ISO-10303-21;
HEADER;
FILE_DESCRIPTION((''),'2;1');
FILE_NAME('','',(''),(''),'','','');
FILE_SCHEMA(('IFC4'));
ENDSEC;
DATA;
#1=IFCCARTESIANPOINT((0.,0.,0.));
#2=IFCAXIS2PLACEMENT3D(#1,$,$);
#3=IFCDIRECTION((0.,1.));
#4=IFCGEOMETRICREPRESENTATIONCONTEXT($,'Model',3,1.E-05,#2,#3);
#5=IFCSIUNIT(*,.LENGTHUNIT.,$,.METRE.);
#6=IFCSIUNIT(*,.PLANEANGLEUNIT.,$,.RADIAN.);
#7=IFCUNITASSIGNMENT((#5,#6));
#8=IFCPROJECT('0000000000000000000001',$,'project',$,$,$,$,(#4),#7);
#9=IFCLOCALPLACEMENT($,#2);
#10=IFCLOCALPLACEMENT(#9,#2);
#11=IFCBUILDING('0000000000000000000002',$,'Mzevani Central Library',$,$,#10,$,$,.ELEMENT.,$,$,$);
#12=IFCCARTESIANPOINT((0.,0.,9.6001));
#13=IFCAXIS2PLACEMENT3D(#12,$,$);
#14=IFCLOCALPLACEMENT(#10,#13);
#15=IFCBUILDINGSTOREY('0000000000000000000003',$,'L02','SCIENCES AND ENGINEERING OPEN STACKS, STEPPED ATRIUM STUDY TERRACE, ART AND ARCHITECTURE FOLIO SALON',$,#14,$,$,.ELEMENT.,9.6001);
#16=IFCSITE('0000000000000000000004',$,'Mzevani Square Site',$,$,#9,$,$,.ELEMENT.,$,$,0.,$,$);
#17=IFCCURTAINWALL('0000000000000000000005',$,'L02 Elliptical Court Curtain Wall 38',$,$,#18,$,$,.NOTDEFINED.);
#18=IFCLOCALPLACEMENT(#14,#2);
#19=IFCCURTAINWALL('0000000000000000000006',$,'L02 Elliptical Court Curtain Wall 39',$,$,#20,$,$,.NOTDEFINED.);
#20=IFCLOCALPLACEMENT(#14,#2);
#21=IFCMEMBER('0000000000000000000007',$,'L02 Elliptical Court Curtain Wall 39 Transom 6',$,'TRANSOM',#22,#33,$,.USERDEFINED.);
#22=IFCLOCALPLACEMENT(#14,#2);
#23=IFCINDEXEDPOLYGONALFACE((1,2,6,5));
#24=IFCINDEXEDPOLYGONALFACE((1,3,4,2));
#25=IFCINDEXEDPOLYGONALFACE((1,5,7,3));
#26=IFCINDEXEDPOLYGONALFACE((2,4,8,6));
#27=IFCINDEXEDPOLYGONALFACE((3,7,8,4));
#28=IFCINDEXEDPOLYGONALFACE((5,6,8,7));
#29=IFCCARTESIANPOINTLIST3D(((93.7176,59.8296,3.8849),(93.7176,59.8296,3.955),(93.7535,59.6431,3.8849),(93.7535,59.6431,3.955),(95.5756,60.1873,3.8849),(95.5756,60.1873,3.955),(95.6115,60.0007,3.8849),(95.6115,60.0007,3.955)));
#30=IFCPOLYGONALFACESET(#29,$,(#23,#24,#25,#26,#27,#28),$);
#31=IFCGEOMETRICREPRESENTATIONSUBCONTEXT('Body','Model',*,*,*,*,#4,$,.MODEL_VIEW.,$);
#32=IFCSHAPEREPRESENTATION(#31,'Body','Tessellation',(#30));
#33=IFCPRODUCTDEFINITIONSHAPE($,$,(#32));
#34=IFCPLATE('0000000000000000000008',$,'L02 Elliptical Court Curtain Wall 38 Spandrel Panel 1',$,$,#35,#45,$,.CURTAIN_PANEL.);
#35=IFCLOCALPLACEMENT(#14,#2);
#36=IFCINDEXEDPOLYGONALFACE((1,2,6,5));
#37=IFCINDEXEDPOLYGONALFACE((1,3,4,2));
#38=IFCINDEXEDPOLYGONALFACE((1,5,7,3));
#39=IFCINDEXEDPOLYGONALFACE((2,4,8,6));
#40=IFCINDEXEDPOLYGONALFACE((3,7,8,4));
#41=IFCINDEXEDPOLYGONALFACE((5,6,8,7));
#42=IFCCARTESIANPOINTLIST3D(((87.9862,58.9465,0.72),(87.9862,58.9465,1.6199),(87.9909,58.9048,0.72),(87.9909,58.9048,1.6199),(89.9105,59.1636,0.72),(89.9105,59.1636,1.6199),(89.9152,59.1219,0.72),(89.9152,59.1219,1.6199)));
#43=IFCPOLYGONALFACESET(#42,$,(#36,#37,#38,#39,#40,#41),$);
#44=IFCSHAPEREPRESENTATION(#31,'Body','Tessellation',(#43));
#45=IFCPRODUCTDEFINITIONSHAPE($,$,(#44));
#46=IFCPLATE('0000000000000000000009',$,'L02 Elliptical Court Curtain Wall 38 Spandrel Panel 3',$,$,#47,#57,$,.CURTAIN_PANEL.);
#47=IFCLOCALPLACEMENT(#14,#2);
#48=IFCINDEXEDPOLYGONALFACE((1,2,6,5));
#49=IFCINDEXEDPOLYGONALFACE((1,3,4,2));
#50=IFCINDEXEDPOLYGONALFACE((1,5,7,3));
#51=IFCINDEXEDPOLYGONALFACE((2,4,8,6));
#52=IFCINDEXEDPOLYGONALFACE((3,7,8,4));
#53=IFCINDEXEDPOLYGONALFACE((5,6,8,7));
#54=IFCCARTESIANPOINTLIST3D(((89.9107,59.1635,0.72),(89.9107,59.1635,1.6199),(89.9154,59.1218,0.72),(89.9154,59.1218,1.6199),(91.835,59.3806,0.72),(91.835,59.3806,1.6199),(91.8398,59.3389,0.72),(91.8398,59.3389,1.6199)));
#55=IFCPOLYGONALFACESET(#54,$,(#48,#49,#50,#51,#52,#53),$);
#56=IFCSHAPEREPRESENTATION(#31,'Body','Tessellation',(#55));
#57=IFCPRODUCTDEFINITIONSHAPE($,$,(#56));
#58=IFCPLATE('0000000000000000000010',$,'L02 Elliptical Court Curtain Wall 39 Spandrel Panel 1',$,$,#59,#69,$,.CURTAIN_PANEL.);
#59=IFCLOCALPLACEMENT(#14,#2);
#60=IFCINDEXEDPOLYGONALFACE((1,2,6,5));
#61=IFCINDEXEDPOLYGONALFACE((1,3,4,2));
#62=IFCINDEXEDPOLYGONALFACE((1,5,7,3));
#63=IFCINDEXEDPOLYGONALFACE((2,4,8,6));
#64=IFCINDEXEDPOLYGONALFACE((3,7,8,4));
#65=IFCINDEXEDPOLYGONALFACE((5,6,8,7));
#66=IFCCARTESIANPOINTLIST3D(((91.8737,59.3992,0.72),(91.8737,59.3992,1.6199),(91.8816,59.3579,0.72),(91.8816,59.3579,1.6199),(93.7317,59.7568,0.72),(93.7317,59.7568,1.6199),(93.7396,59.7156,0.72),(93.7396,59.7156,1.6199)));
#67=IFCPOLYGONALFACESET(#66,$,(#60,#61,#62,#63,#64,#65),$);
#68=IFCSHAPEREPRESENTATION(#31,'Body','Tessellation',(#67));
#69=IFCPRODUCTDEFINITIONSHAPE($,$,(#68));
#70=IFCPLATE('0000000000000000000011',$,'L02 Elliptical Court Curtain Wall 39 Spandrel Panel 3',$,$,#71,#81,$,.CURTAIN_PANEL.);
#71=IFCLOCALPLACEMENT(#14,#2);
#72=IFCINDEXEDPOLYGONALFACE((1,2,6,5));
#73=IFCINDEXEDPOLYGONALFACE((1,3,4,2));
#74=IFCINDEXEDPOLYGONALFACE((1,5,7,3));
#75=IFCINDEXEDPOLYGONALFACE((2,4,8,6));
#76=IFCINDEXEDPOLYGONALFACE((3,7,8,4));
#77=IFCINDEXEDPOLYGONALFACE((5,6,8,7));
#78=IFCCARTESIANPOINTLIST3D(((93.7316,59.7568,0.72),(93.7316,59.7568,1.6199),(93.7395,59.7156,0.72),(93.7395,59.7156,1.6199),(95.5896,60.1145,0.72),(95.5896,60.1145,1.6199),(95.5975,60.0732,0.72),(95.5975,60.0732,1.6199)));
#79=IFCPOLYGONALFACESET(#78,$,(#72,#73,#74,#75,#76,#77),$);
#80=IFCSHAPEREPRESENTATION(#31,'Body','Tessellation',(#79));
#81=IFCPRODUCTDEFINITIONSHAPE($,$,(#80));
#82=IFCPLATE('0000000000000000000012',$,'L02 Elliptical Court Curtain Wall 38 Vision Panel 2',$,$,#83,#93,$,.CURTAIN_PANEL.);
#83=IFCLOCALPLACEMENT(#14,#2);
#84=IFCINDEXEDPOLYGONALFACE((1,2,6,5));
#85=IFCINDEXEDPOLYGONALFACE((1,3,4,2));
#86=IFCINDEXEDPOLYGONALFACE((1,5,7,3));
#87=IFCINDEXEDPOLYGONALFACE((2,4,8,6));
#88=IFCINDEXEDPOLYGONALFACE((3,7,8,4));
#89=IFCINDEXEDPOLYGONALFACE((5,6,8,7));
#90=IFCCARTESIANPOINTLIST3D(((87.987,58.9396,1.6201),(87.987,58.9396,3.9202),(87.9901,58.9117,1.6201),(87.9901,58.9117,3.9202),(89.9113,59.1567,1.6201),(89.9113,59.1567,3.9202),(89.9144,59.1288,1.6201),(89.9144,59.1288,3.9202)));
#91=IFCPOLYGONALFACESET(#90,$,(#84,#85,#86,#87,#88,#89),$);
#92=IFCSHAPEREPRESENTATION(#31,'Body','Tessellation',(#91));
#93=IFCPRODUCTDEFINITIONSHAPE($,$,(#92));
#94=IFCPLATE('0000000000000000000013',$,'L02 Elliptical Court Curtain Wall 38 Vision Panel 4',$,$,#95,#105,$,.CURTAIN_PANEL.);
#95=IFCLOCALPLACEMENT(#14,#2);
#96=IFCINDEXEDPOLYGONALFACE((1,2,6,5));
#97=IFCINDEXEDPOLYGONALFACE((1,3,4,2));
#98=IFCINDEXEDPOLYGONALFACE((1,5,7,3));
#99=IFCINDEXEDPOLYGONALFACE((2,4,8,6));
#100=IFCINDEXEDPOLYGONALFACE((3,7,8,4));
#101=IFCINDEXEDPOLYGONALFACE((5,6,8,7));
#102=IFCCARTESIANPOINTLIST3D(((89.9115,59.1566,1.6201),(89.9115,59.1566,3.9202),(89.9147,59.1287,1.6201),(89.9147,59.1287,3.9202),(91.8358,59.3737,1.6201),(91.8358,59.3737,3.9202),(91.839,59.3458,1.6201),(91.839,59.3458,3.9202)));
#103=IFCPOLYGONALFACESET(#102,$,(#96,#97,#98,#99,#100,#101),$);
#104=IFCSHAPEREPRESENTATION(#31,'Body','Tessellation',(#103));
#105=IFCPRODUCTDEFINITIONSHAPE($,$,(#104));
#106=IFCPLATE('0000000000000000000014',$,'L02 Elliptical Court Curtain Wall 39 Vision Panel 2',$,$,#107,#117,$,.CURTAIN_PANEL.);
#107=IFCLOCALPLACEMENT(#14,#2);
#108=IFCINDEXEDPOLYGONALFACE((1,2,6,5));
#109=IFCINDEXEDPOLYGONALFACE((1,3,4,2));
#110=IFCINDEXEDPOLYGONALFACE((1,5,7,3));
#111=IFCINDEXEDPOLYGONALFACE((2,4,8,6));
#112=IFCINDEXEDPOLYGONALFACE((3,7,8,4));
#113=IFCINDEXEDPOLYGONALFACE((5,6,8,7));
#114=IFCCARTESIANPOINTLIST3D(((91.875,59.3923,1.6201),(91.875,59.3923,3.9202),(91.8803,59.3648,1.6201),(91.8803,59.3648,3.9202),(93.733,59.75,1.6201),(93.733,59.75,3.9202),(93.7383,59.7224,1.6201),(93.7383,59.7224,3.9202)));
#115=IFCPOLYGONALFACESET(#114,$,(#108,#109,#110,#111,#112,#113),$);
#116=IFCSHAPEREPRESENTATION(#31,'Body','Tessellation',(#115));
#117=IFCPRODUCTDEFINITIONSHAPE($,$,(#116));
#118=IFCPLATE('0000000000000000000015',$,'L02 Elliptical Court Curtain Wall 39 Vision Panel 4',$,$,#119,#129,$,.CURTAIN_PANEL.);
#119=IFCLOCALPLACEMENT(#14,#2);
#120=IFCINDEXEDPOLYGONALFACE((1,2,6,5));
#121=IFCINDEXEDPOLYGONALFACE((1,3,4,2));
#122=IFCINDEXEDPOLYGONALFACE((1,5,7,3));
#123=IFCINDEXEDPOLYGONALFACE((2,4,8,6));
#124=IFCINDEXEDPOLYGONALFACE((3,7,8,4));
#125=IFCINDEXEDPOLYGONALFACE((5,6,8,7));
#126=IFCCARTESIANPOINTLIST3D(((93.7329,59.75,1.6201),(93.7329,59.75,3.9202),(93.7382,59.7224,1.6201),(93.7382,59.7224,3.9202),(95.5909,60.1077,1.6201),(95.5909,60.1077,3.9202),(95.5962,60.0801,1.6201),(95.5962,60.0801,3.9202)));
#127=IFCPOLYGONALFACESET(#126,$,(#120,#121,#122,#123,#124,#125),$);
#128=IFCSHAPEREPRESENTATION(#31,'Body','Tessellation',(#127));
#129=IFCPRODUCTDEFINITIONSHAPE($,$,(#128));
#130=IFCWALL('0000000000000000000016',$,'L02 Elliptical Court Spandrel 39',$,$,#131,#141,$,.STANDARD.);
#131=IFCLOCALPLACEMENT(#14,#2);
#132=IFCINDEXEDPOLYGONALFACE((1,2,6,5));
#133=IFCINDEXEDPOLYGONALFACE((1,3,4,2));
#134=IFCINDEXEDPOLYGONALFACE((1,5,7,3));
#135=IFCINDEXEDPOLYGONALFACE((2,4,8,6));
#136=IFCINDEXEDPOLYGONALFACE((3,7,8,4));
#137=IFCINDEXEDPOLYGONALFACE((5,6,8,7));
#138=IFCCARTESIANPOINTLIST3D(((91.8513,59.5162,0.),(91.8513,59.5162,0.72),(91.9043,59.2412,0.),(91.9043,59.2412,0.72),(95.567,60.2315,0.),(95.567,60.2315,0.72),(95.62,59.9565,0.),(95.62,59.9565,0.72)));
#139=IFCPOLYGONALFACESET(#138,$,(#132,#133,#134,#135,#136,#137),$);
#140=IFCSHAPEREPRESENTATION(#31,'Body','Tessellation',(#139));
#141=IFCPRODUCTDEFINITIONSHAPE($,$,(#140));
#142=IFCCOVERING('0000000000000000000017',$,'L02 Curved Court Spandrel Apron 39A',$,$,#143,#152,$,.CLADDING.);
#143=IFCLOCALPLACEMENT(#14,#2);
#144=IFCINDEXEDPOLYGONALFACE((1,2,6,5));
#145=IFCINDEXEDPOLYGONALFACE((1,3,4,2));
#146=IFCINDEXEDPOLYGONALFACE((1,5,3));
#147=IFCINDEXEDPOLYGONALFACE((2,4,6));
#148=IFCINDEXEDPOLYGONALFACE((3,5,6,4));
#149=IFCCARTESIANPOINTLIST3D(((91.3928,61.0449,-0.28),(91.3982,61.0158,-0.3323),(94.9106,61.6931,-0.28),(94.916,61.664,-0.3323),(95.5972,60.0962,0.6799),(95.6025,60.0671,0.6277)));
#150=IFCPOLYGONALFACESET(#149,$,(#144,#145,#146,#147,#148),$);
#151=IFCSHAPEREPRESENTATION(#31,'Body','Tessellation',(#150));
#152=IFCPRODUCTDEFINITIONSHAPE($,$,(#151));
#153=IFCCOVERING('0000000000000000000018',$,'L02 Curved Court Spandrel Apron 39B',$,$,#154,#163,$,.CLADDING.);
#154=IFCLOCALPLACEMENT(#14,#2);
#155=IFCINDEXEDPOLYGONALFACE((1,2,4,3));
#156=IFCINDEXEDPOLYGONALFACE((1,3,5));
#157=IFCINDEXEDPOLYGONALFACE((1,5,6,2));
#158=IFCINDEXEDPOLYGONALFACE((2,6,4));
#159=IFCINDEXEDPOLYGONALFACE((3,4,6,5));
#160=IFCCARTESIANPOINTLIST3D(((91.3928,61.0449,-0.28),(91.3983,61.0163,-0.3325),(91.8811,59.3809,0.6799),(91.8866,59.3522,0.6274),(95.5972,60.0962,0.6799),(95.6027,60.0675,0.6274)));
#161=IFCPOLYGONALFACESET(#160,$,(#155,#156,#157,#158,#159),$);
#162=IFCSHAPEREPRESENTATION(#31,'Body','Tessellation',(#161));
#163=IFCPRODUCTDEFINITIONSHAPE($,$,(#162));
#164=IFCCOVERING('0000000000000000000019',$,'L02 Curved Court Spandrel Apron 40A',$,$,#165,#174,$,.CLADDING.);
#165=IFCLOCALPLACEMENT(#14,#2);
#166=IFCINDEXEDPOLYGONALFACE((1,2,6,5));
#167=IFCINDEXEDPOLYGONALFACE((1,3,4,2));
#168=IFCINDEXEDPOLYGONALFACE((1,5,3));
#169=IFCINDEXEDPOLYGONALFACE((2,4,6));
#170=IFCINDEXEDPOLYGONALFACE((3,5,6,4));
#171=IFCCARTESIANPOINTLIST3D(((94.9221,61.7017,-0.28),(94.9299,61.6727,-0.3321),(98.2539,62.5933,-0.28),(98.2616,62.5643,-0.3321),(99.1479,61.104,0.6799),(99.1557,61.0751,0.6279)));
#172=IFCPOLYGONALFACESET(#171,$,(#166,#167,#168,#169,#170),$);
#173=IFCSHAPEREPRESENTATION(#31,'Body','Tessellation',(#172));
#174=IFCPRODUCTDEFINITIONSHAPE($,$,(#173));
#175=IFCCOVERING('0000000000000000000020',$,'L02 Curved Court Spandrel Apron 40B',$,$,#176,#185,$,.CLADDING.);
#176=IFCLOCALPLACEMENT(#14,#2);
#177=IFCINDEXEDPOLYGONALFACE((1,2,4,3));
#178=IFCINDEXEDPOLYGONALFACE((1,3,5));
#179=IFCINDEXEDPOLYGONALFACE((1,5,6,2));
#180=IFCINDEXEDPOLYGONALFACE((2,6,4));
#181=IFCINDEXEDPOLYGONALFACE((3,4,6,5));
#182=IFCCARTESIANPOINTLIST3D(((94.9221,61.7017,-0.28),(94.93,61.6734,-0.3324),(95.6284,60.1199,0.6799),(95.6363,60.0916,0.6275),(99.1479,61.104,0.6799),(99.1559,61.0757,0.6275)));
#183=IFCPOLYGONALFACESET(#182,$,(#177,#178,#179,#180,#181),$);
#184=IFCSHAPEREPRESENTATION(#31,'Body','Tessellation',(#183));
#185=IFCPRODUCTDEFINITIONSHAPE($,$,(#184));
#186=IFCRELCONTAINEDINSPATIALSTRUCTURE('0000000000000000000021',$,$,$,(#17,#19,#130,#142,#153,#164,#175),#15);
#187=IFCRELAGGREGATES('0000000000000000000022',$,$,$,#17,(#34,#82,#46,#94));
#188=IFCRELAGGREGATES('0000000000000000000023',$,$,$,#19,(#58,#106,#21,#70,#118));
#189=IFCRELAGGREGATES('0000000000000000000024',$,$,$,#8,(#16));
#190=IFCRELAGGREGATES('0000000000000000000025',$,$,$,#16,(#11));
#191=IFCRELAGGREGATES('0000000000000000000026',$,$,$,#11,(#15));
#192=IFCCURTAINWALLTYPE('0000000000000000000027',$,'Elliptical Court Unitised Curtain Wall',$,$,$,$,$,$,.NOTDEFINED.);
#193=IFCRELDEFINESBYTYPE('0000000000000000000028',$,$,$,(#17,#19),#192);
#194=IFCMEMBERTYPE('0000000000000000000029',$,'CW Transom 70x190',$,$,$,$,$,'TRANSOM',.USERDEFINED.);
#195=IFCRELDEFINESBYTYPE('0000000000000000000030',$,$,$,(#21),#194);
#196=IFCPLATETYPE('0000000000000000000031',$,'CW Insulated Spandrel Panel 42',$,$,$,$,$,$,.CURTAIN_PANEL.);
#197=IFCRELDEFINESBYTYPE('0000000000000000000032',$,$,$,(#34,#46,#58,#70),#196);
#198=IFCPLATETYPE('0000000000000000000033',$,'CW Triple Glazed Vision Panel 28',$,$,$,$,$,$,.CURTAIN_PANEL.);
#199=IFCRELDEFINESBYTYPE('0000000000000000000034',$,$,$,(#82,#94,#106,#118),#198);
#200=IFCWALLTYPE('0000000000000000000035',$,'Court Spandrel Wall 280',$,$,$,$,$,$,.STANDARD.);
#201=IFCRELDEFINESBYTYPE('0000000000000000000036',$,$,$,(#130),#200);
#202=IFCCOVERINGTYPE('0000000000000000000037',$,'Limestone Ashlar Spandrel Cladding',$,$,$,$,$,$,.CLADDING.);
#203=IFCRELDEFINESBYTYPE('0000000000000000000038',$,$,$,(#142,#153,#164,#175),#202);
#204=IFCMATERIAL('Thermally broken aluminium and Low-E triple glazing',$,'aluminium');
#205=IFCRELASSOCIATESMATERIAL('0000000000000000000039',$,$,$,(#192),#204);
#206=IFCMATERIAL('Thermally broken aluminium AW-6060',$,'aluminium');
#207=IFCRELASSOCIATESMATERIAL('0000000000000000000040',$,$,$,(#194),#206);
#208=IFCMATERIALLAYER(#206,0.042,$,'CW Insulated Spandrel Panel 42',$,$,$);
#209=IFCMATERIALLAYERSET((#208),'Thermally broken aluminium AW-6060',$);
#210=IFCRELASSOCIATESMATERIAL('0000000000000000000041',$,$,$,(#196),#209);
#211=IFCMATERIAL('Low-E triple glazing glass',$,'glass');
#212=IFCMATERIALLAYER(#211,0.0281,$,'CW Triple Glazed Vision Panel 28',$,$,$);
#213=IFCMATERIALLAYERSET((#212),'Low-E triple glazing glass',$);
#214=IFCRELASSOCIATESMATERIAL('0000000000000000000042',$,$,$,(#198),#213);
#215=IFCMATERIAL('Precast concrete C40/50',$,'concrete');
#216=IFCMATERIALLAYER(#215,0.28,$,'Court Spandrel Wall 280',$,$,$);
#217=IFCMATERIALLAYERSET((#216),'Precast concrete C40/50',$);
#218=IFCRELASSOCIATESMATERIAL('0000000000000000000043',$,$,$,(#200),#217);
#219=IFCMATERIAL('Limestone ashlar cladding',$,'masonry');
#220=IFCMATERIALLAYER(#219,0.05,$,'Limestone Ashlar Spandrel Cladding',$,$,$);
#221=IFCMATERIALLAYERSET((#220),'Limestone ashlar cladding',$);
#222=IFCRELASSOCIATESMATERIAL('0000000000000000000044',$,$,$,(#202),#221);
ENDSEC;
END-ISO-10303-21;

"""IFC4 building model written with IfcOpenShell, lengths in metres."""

from ifc_helpers import new_model, si_unit, direction, frame, frame_2d, origin, origin_2d, place, context, subcontext, project, spatial, polyline, rectangle, outline, extrude, material, layer, layer_set, material_profile, profile_set, type_object, element, aggregate, save


model = new_model("IFC4")

# Units and contexts
model_context = context("Model", 3, precision=1e-05, world=origin(), true_north=direction((0.0, 1.0)))
body_context = subcontext(model_context, "Body", "Model", "MODEL_VIEW")
ifc_project = project(units=[si_unit("LENGTHUNIT", "METRE"), si_unit("PLANEANGLEUNIT", "RADIAN")], contexts=[model_context])

# Site, building, storey
site_placement = place(None, origin())
site = spatial("IfcSite", under=ifc_project, at=site_placement, Name="Mzevani Square Site", CompositionType="ELEMENT", RefElevation=0.0)
building_placement = place(site_placement, origin())
building = spatial("IfcBuilding", under=site, at=building_placement, Name="Mzevani Central Library", CompositionType="ELEMENT")
storey_placement = place(building_placement, frame((0.0, 0.0, 9.6001)))
storey = spatial("IfcBuildingStorey", under=building, at=storey_placement, Name="L02", Description="SCIENCES AND ENGINEERING OPEN STACKS, STEPPED ATRIUM STUDY TERRACE, ART AND ARCHITECTURE FOLIO SALON", CompositionType="ELEMENT", Elevation=9.6001)

# Curtain walls
ifc_material_1 = material(Name="Thermally broken aluminium and Low-E triple glazing", Category="aluminium")
curtain_wall_type = type_object("IfcCurtainWallType", Name="Elliptical Court Unitised Curtain Wall", PredefinedType="NOTDEFINED", material=ifc_material_1)
curtain_wall_1_placement = place(storey_placement, origin())
curtain_wall_1 = element("IfcCurtainWall", 1, at=curtain_wall_1_placement, inside=storey, type_object=curtain_wall_type, Name="L02 Elliptical Court Curtain Wall 38", PredefinedType="NOTDEFINED")
ifc_material_2 = material(Name="Thermally broken aluminium AW-6060", Category="aluminium")
curtain_wall_2_placement = place(storey_placement, origin())
curtain_wall_2 = element("IfcCurtainWall", 2, at=curtain_wall_2_placement, inside=storey, type_object=curtain_wall_type, Name="L02 Elliptical Court Curtain Wall 39", PredefinedType="NOTDEFINED")

# Member
ifc_material_profile_1 = material_profile(ifc_material_2, rectangle(XDim=0.1899, YDim=0.0701, at=origin_2d()), Name="ALU T70x190")
ifc_profile_set_1 = profile_set([ifc_material_profile_1], Name="Thermally broken aluminium AW-6060")
member_type_1 = type_object("IfcMemberType", Name="CW Transom 70x190", ElementType="TRANSOM", PredefinedType="USERDEFINED", material=ifc_profile_set_1)
member_1_placement = place(storey_placement, frame((93.7356, 59.7363, 3.9199), z_axis=(0.98197, 0.189039, 0.0), x_axis=(-0.189039, 0.98197, 0.0)))
member_1 = element("IfcMember", 3, at=member_1_placement, type_object=member_type_1, Name="L02 Elliptical Court Curtain Wall 39 Transom 6", ObjectType="TRANSOM", PredefinedType="USERDEFINED", context=body_context, shape_type="SweptSolid", body=[
    extrude(rectangle(XDim=0.1899, YDim=0.0701, at=origin_2d()), origin(), (0.0, 0.0, 1.0), 1.8921),
])

# Plates
ifc_layer_1 = layer(ifc_material_2, 0.042, Name="CW Insulated Spandrel Panel 42")
ifc_layer_set_1 = layer_set([ifc_layer_1], Name="Thermally broken aluminium AW-6060")
plate_type_1 = type_object("IfcPlateType", Name="CW Insulated Spandrel Panel 42", PredefinedType="CURTAIN_PANEL", material=ifc_layer_set_1)
plate_1_placement = place(storey_placement, frame((88.9507, 59.0342, 0.72), z_axis=(0.0, 0.0, 1.0), x_axis=(0.993697, 0.112104, 0.0)))
plate_1 = element("IfcPlate", 4, at=plate_1_placement, type_object=plate_type_1, Name="L02 Elliptical Court Curtain Wall 38 Spandrel Panel 1", PredefinedType="CURTAIN_PANEL", context=body_context, shape_type="SweptSolid", body=[
    extrude(rectangle(XDim=1.9365, YDim=0.042, at=origin_2d()), origin(), (0.0, 0.0, 1.0), 0.8999),
])
plate_2_placement = place(storey_placement, frame((90.8752, 59.2512, 0.72), z_axis=(0.0, 0.0, 1.0), x_axis=(0.993697, 0.112104, 0.0)))
plate_2 = element("IfcPlate", 5, at=plate_2_placement, type_object=plate_type_1, Name="L02 Elliptical Court Curtain Wall 38 Spandrel Panel 3", PredefinedType="CURTAIN_PANEL", context=body_context, shape_type="SweptSolid", body=[
    extrude(rectangle(XDim=1.9365, YDim=0.042, at=origin_2d()), origin(), (0.0, 0.0, 1.0), 0.8999),
])
plate_3_placement = place(storey_placement, frame((92.8066, 59.5574, 0.72), z_axis=(0.0, 0.0, 1.0), x_axis=(0.981972, 0.189027, 0.0)))
plate_3 = element("IfcPlate", 6, at=plate_3_placement, type_object=plate_type_1, Name="L02 Elliptical Court Curtain Wall 39 Spandrel Panel 1", PredefinedType="CURTAIN_PANEL", context=body_context, shape_type="SweptSolid", body=[
    extrude(rectangle(XDim=1.8921, YDim=0.042, at=origin_2d()), origin(), (0.0, 0.0, 1.0), 0.8999),
])
plate_4_placement = place(storey_placement, frame((94.6646, 59.915, 0.72), z_axis=(0.0, 0.0, 1.0), x_axis=(0.981972, 0.189027, 0.0)))
plate_4 = element("IfcPlate", 7, at=plate_4_placement, type_object=plate_type_1, Name="L02 Elliptical Court Curtain Wall 39 Spandrel Panel 3", PredefinedType="CURTAIN_PANEL", context=body_context, shape_type="SweptSolid", body=[
    extrude(rectangle(XDim=1.8921, YDim=0.042, at=origin_2d()), origin(), (0.0, 0.0, 1.0), 0.8999),
])
ifc_material_3 = material(Name="Low-E triple glazing glass", Category="glass")
ifc_layer_2 = layer(ifc_material_3, 0.0281, Name="CW Triple Glazed Vision Panel 28")
ifc_layer_set_2 = layer_set([ifc_layer_2], Name="Low-E triple glazing glass")
plate_type_2 = type_object("IfcPlateType", Name="CW Triple Glazed Vision Panel 28", PredefinedType="CURTAIN_PANEL", material=ifc_layer_set_2)
plate_5_placement = place(storey_placement, frame((88.9507, 59.0342, 1.6201), z_axis=(0.0, 0.0, 1.0), x_axis=(0.993697, 0.112104, 0.0)))
plate_5 = element("IfcPlate", 8, at=plate_5_placement, type_object=plate_type_2, Name="L02 Elliptical Court Curtain Wall 38 Vision Panel 2", PredefinedType="CURTAIN_PANEL", context=body_context, shape_type="SweptSolid", body=[
    extrude(rectangle(XDim=1.9365, YDim=0.0281, at=origin_2d()), origin(), (0.0, 0.0, 1.0), 2.3),
])
plate_6_placement = place(storey_placement, frame((90.8752, 59.2512, 1.6201), z_axis=(0.0, 0.0, 1.0), x_axis=(0.993697, 0.112104, 0.0)))
plate_6 = element("IfcPlate", 9, at=plate_6_placement, type_object=plate_type_2, Name="L02 Elliptical Court Curtain Wall 38 Vision Panel 4", PredefinedType="CURTAIN_PANEL", context=body_context, shape_type="SweptSolid", body=[
    extrude(rectangle(XDim=1.9365, YDim=0.0281, at=origin_2d()), origin(), (0.0, 0.0, 1.0), 2.3),
])
aggregate(curtain_wall_1, [plate_1, plate_5, plate_2, plate_6])
plate_7_placement = place(storey_placement, frame((92.8066, 59.5574, 1.6201), z_axis=(0.0, 0.0, 1.0), x_axis=(0.981972, 0.189027, 0.0)))
plate_7 = element("IfcPlate", 10, at=plate_7_placement, type_object=plate_type_2, Name="L02 Elliptical Court Curtain Wall 39 Vision Panel 2", PredefinedType="CURTAIN_PANEL", context=body_context, shape_type="SweptSolid", body=[
    extrude(rectangle(XDim=1.8921, YDim=0.0281, at=origin_2d()), origin(), (0.0, 0.0, 1.0), 2.3),
])
plate_8_placement = place(storey_placement, frame((94.6646, 59.915, 1.6201), z_axis=(0.0, 0.0, 1.0), x_axis=(0.981972, 0.189027, 0.0)))
plate_8 = element("IfcPlate", 11, at=plate_8_placement, type_object=plate_type_2, Name="L02 Elliptical Court Curtain Wall 39 Vision Panel 4", PredefinedType="CURTAIN_PANEL", context=body_context, shape_type="SweptSolid", body=[
    extrude(rectangle(XDim=1.8921, YDim=0.0281, at=origin_2d()), origin(), (0.0, 0.0, 1.0), 2.3),
])
aggregate(curtain_wall_2, [plate_3, plate_7, member_1, plate_4, plate_8])

# Wall
ifc_material_4 = material(Name="Precast concrete C40/50", Category="concrete")
ifc_layer_3 = layer(ifc_material_4, 0.28, Name="Court Spandrel Wall 280")
ifc_layer_set_3 = layer_set([ifc_layer_3], Name="Precast concrete C40/50")
wall_type = type_object("IfcWallType", Name="Court Spandrel Wall 280", PredefinedType="STANDARD", material=ifc_layer_set_3)
wall_placement = place(storey_placement, frame((91.8777, 59.3787, 0.0), z_axis=(0.0, 0.0, 1.0), x_axis=(0.98197, 0.189039, 0.0)))
element("IfcWall", 12, at=wall_placement, inside=storey, type_object=wall_type, Name="L02 Elliptical Court Spandrel 39", PredefinedType="STANDARD", context=body_context, shape_type="SweptSolid", body=[
    extrude(rectangle(XDim=3.7839, YDim=0.28, at=frame_2d((1.8921, 0.0))), origin(), (0.0, 0.0, 1.0), 0.72),
])

# Coverings
ifc_material_5 = material(Name="Limestone ashlar cladding", Category="masonry")
ifc_layer_4 = layer(ifc_material_5, 0.05, Name="Limestone Ashlar Spandrel Cladding")
ifc_layer_set_4 = layer_set([ifc_layer_4], Name="Limestone ashlar cladding")
covering_type = type_object("IfcCoveringType", Name="Limestone Ashlar Spandrel Cladding", PredefinedType="CLADDING", material=ifc_layer_set_4)
covering_1_placement = place(storey_placement, frame((91.3928, 61.0449, -0.28), z_axis=(-0.089305, 0.484668, 0.870127), x_axis=(0.983445, 0.181209, 0.0)))
element("IfcCovering", 13, at=covering_1_placement, inside=storey, type_object=covering_type, Name="L02 Curved Court Spandrel Apron 39A", PredefinedType="CLADDING", context=body_context, shape_type="SweptSolid", body=[
    extrude(outline(polyline([(0.0, 0.0), (3.577, 0.0), (3.9628, -1.9479), (0.0, 0.0)])), origin(), (0.0, 0.0, -1.0), 0.0601),
])
covering_2_placement = place(storey_placement, frame((91.3928, 61.0449, -0.28), z_axis=(-0.091863, 0.477219, 0.87397), x_axis=(0.952142, -0.214855, 0.217399)))
element("IfcCovering", 14, at=covering_2_placement, inside=storey, type_object=covering_type, Name="L02 Curved Court Spandrel Apron 39B", PredefinedType="CLADDING", context=body_context, shape_type="SweptSolid", body=[
    extrude(outline(polyline([(0.0, 0.0), (4.4157, 0.0), (1.0311, -1.6929), (0.0, 0.0)])), origin(), (0.0, 0.0, -1.0), 0.0601),
])
covering_3_placement = place(storey_placement, frame((94.9221, 61.7017, -0.28), z_axis=(-0.128844, 0.481472, 0.866939), x_axis=(0.966009, 0.258508, 0.0)))
element("IfcCovering", 15, at=covering_3_placement, inside=storey, type_object=covering_type, Name="L02 Curved Court Spandrel Apron 40A", PredefinedType="CLADDING", context=body_context, shape_type="SweptSolid", body=[
    extrude(outline(polyline([(0.0, 0.0), (3.449, 0.0), (3.9277, -1.926), (0.0, 0.0)])), origin(), (0.0, 0.0, -1.0), 0.0601),
])
covering_4_placement = place(storey_placement, frame((94.9221, 61.7017, -0.28), z_axis=(-0.131615, 0.470692, 0.872426), x_axis=(0.966012, -0.136622, 0.219444)))
element("IfcCovering", 16, at=covering_4_placement, inside=storey, type_object=covering_type, Name="L02 Curved Court Spandrel Apron 40B", PredefinedType="CLADDING", context=body_context, shape_type="SweptSolid", body=[
    extrude(outline(polyline([(0.0, 0.0), (4.3745, 0.0), (1.1091, -1.6409), (0.0, 0.0)])), origin(), (0.0, 0.0, -1.0), 0.0601),
])

save(model, "model.ifc")
